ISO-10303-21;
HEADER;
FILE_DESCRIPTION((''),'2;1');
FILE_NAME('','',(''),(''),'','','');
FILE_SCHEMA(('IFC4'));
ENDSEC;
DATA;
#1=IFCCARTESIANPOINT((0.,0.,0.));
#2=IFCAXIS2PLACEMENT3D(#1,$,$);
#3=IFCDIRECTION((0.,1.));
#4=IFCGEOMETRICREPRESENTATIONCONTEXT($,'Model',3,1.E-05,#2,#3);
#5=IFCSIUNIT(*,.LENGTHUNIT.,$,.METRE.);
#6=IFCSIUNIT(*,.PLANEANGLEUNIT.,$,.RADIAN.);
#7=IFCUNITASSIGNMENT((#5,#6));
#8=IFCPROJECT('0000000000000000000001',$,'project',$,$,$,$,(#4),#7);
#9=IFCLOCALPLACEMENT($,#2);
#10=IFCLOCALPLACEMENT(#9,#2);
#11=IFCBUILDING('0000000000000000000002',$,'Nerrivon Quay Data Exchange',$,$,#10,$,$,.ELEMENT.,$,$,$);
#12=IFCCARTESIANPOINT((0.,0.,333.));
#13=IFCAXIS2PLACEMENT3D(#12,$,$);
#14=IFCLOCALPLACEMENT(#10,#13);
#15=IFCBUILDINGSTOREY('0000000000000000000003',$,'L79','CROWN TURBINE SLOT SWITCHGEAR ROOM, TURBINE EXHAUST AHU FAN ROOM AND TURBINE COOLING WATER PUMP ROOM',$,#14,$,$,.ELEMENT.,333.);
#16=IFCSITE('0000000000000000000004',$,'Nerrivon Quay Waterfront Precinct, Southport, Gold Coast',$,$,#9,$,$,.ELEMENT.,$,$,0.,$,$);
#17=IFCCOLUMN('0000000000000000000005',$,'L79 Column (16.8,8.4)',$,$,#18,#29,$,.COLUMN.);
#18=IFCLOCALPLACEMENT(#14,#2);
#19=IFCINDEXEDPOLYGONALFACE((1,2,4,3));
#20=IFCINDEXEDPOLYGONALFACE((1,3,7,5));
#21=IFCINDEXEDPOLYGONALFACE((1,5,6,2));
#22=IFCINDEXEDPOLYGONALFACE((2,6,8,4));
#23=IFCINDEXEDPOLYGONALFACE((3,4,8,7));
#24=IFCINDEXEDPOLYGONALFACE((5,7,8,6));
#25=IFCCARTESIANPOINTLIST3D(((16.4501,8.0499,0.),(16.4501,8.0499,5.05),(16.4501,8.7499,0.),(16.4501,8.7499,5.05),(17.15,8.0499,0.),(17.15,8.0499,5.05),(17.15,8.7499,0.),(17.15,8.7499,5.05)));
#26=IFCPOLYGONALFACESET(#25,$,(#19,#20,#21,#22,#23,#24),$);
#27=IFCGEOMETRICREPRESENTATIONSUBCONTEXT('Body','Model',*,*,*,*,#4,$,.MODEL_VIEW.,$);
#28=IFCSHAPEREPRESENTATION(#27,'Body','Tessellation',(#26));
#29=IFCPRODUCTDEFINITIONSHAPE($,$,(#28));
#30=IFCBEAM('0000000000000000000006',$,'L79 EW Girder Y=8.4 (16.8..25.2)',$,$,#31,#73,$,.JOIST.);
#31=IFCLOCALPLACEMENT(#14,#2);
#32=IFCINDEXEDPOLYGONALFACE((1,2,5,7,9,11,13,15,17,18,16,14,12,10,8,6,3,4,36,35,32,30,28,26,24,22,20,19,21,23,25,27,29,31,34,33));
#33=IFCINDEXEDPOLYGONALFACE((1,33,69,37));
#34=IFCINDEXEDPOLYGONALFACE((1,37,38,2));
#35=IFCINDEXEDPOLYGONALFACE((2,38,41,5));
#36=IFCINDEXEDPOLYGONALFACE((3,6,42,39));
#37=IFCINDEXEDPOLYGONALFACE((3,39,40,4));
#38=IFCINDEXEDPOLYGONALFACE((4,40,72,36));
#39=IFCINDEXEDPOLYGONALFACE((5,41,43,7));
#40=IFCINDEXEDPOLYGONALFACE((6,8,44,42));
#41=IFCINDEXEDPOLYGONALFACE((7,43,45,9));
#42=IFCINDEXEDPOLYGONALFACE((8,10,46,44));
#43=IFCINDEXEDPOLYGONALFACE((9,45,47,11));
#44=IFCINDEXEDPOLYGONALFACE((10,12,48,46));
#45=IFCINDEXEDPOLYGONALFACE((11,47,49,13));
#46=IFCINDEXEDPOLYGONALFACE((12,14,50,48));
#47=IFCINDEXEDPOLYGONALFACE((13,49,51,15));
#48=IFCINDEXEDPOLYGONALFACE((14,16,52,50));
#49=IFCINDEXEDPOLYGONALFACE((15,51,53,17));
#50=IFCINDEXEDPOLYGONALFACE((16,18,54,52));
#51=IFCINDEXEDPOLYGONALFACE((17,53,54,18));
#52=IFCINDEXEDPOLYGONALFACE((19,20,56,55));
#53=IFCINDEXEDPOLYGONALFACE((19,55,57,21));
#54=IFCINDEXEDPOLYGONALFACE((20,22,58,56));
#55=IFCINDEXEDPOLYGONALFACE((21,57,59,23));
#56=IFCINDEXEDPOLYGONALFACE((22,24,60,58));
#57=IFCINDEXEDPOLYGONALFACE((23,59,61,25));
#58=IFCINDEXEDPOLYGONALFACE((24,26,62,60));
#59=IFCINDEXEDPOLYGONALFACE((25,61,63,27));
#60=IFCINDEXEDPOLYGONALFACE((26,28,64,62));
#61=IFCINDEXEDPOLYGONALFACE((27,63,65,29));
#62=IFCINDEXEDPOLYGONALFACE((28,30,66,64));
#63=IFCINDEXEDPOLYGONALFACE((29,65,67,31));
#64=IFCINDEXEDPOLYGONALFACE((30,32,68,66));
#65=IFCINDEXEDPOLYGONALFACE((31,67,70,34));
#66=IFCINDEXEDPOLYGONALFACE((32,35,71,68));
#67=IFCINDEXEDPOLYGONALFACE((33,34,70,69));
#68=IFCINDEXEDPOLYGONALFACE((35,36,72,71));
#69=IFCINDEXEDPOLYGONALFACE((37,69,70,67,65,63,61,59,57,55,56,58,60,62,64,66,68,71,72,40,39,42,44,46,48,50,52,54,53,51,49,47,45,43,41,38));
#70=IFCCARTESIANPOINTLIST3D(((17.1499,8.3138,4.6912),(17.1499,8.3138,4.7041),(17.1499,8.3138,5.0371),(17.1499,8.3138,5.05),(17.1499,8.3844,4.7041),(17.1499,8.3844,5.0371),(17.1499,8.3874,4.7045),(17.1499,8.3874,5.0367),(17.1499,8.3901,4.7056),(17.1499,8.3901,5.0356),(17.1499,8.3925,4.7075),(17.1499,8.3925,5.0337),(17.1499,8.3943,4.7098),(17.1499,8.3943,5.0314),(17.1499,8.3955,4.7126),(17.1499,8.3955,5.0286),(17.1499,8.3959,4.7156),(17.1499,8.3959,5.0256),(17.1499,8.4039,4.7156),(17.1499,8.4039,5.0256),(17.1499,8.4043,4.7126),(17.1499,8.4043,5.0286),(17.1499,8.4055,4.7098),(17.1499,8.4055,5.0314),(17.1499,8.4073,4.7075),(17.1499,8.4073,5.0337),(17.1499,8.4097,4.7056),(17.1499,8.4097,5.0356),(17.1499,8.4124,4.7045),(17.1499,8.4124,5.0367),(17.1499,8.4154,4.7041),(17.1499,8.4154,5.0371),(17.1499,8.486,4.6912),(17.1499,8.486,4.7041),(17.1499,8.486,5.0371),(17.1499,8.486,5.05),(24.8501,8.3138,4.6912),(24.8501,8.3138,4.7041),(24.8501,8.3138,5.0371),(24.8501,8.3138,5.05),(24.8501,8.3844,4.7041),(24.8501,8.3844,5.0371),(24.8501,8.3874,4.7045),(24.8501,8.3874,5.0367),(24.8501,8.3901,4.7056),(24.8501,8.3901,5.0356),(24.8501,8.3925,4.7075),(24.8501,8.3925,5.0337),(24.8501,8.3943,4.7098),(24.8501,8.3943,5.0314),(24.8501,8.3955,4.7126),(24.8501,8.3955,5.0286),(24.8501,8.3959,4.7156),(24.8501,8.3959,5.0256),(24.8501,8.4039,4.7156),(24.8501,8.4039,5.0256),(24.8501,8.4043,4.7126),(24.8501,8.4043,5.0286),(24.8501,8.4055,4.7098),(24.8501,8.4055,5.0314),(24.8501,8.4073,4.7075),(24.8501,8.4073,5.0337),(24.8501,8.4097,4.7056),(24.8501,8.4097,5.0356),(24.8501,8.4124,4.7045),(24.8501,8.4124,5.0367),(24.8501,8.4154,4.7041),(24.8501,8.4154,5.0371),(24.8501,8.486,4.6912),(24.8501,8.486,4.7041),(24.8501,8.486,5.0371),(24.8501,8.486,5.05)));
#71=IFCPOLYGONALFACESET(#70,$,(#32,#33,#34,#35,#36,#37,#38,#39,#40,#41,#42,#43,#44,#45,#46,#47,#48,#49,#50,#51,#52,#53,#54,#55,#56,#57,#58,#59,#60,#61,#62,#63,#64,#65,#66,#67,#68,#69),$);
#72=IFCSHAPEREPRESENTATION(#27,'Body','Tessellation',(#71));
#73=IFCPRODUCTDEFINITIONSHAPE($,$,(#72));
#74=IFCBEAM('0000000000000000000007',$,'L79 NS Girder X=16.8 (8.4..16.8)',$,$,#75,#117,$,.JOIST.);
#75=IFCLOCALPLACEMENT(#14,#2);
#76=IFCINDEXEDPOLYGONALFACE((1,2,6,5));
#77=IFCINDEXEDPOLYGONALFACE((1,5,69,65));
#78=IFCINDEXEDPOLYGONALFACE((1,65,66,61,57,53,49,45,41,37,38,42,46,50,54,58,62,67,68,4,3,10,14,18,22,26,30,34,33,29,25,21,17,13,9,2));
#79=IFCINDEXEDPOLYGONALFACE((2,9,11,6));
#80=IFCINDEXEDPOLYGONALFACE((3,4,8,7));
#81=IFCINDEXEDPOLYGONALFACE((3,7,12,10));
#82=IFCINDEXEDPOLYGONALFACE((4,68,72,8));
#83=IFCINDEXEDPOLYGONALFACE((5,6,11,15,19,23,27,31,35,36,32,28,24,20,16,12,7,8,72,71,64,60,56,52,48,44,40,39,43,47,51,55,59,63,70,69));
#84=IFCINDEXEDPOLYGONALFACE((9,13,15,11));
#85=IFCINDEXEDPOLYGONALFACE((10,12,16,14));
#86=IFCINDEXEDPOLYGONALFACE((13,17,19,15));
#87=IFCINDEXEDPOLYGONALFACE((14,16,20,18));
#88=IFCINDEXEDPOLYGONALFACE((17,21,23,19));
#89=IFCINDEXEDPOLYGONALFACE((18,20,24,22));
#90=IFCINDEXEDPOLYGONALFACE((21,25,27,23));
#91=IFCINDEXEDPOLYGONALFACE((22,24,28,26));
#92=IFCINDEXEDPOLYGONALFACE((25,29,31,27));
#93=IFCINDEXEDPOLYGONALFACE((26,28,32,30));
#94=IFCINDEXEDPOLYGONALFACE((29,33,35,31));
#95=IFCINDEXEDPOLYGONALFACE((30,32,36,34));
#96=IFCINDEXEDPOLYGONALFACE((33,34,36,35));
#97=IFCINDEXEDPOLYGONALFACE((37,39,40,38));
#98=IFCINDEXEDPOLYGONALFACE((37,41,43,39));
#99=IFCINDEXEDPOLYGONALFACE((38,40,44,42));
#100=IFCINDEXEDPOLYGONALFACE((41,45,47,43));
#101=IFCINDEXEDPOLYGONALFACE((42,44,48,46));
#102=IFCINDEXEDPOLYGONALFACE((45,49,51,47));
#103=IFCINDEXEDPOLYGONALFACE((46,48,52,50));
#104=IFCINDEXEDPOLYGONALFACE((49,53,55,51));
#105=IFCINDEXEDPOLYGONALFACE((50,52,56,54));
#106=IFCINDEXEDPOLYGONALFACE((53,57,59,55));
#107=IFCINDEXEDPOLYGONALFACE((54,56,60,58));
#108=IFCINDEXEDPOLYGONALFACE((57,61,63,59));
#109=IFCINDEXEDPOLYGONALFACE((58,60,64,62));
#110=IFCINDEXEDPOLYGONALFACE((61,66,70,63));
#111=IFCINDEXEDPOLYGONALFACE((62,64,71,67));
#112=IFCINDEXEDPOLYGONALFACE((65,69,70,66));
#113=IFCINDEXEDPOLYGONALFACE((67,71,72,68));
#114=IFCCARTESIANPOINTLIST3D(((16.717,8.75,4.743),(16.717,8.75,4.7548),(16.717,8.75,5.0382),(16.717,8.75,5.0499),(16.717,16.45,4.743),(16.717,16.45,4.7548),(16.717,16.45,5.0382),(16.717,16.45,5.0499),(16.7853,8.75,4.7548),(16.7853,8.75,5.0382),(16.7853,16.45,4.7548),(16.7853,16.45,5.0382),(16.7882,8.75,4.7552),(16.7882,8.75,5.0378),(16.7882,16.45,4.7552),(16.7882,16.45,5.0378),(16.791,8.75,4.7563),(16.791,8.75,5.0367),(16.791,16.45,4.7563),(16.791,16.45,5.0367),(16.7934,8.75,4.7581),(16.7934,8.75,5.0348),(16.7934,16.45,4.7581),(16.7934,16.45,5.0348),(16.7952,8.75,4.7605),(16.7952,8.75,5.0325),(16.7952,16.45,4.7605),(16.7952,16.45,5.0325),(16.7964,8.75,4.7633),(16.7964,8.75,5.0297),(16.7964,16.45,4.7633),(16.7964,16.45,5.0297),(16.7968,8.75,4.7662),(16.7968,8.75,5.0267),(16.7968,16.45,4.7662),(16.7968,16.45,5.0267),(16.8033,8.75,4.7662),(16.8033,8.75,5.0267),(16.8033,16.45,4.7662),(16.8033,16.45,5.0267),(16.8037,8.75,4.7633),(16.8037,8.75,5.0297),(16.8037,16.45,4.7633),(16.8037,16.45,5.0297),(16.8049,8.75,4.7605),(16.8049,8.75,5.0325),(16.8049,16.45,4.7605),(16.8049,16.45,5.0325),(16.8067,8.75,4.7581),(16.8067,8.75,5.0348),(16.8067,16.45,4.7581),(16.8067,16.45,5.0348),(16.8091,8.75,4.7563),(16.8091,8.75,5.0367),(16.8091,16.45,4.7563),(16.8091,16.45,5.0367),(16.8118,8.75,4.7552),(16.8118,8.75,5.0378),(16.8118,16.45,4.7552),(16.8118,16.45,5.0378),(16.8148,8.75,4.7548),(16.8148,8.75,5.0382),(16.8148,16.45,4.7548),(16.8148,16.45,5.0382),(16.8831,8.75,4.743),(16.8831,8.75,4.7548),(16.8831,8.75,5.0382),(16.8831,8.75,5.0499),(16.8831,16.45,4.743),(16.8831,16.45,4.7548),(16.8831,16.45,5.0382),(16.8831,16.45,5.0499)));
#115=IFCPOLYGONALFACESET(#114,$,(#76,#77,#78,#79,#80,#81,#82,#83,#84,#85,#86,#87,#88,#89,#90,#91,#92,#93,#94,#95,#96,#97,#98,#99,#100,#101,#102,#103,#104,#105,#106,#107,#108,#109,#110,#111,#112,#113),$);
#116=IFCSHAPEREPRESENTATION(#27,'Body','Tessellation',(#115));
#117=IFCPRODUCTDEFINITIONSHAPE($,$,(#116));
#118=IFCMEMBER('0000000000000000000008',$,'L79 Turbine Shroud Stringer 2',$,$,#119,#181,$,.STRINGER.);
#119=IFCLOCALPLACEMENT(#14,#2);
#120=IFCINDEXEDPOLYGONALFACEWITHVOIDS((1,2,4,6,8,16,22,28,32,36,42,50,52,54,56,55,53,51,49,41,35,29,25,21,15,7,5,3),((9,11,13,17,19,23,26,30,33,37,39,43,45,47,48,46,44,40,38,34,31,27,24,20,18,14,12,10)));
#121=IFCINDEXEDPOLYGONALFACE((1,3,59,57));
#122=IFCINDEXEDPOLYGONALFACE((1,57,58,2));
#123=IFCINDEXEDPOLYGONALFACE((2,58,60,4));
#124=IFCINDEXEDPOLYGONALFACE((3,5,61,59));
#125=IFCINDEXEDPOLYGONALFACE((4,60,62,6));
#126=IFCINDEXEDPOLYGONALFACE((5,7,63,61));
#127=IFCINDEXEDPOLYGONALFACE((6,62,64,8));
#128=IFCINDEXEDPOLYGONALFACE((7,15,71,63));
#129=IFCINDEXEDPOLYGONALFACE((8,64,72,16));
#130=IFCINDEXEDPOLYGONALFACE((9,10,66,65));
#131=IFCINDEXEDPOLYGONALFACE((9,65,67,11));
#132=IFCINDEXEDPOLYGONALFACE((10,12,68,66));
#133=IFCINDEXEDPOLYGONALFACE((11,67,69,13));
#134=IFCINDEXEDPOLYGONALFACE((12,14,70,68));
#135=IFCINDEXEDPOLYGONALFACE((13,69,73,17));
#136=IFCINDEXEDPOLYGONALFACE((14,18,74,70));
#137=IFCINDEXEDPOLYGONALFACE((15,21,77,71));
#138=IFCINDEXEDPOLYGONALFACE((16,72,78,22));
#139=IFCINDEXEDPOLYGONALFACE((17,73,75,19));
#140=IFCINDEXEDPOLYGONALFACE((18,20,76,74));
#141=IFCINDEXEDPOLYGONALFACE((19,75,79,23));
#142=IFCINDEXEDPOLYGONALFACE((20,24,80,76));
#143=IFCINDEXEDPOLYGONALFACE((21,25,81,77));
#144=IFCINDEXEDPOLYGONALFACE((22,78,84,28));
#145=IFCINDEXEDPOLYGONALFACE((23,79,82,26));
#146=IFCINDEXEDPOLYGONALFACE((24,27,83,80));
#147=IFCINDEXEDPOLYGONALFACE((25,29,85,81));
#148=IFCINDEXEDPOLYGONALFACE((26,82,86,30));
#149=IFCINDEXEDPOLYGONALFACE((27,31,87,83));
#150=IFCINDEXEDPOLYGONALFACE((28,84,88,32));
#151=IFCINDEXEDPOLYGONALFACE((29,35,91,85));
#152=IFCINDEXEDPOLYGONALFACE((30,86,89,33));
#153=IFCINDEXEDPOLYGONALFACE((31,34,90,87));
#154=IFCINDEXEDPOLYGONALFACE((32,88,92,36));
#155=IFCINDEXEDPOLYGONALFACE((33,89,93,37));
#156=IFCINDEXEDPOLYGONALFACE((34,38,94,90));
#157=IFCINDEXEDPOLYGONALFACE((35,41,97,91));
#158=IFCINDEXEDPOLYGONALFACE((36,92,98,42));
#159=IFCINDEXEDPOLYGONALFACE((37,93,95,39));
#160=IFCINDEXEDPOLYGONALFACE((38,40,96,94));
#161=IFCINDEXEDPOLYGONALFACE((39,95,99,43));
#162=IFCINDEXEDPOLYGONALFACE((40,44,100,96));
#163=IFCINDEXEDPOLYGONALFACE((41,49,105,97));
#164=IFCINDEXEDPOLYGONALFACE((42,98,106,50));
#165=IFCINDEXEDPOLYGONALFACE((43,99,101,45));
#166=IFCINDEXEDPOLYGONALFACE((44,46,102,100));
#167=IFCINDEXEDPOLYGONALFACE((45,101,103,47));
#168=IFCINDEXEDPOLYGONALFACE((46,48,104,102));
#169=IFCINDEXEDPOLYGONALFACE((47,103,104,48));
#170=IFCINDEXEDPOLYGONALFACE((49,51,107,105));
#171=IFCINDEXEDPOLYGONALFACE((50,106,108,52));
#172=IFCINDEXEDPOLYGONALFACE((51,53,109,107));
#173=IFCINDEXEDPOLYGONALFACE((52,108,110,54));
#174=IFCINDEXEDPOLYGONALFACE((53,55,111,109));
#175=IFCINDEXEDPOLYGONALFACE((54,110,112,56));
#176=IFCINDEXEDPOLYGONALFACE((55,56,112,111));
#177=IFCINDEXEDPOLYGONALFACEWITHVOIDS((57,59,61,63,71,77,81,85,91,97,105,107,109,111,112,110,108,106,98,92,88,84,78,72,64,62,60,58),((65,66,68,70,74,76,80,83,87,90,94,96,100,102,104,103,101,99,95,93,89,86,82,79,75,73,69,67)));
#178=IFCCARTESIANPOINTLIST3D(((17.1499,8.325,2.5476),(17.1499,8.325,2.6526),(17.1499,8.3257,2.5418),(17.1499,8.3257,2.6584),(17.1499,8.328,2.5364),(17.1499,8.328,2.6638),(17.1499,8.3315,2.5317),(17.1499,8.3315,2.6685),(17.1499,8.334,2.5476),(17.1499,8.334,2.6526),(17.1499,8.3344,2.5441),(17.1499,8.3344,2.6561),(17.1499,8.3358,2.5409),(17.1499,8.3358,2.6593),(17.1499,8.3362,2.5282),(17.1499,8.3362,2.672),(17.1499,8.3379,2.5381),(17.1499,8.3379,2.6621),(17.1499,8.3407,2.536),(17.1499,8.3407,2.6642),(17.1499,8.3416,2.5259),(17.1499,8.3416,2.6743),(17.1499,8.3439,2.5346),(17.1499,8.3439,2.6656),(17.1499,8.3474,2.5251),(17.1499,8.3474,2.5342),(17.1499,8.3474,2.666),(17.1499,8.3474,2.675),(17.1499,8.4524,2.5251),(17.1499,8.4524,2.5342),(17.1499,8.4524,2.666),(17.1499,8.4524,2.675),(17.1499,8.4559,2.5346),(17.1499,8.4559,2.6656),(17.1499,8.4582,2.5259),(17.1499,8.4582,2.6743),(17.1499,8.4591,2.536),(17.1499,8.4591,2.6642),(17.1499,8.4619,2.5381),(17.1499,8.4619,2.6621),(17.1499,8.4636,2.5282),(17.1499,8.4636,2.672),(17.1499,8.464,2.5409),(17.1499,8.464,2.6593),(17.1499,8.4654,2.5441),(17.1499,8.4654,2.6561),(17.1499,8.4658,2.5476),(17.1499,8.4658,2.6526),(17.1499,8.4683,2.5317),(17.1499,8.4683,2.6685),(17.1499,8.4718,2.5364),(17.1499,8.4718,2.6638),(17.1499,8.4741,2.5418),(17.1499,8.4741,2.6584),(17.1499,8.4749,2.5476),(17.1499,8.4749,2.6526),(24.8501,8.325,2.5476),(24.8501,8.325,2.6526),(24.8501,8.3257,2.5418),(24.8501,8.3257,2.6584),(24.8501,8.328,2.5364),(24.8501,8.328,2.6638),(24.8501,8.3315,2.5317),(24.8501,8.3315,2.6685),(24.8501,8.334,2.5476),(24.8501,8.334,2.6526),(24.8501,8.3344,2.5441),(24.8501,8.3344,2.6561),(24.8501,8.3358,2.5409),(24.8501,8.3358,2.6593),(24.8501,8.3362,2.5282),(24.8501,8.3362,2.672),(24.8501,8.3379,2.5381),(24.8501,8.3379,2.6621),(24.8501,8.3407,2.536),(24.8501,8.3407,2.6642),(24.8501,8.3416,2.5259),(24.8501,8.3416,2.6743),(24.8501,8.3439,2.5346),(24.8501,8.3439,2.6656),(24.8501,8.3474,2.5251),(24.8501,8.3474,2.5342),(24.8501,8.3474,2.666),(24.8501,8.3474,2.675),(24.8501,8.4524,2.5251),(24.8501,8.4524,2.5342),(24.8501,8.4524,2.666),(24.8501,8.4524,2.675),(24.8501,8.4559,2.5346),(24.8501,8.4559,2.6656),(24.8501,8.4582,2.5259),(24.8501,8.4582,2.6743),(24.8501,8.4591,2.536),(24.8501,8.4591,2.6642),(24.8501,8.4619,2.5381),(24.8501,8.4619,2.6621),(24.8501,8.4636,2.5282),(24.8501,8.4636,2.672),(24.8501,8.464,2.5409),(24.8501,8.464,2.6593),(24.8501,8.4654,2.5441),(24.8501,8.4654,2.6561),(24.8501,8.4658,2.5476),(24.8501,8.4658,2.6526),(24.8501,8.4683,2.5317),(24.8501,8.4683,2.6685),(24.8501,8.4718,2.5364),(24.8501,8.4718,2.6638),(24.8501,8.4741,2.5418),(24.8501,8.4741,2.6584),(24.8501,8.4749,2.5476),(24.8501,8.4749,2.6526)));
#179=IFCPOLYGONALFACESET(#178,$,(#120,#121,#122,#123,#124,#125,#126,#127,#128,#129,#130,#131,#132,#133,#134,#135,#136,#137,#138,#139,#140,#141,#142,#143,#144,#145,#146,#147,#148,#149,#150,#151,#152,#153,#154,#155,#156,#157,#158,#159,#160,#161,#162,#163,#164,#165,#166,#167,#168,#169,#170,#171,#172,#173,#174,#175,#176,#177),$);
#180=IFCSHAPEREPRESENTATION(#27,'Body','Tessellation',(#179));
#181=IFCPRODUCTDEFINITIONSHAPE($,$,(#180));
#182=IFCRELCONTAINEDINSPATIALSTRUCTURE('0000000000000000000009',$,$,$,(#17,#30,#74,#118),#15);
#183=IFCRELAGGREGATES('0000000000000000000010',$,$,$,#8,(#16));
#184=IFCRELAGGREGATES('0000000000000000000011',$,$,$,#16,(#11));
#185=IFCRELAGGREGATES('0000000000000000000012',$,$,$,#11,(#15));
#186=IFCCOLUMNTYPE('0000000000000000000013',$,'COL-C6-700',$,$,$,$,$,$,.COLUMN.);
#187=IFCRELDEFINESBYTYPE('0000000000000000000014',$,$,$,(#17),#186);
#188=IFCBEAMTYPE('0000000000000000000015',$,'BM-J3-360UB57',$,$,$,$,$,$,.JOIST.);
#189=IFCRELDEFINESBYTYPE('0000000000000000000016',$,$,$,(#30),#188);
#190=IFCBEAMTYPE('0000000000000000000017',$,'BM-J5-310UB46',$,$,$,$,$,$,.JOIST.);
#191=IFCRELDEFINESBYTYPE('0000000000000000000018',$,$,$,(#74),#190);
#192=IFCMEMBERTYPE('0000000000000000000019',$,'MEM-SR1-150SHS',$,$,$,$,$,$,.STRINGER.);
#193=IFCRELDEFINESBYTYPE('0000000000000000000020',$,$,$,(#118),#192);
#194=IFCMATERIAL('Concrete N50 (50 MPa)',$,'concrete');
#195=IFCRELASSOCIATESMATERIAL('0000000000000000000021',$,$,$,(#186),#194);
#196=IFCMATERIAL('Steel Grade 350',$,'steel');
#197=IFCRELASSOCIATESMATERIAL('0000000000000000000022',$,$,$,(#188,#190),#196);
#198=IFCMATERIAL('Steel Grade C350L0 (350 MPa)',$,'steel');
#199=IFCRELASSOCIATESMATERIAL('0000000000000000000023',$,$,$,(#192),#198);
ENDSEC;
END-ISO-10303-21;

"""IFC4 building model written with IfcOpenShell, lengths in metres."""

from ifc_helpers import new_model, si_unit, direction, frame, origin, origin_2d, place, context, subcontext, project, spatial, rectangle, hollow_rectangle, i_section, extrude, material, material_profile, profile_set, type_object, element, save


model = new_model("IFC4")

# Units and contexts
model_context = context("Model", 3, precision=1e-05, world=origin(), true_north=direction((0.0, 1.0)))
body_context = subcontext(model_context, "Body", "Model", "MODEL_VIEW")
ifc_project = project(units=[si_unit("LENGTHUNIT", "METRE"), si_unit("PLANEANGLEUNIT", "RADIAN")], contexts=[model_context])

# Site, building, storey
site_placement = place(None, origin())
site = spatial("IfcSite", under=ifc_project, at=site_placement, Name="Nerrivon Quay Waterfront Precinct, Southport, Gold Coast", CompositionType="ELEMENT", RefElevation=0.0)
building_placement = place(site_placement, origin())
building = spatial("IfcBuilding", under=site, at=building_placement, Name="Nerrivon Quay Data Exchange", CompositionType="ELEMENT")
storey_placement = place(building_placement, frame((0.0, 0.0, 333.0)))
storey = spatial("IfcBuildingStorey", under=building, at=storey_placement, Name="L79", Description="CROWN TURBINE SLOT SWITCHGEAR ROOM, TURBINE EXHAUST AHU FAN ROOM AND TURBINE COOLING WATER PUMP ROOM", CompositionType="ELEMENT", Elevation=333.0)

# Column
ifc_material_1 = material(Name="Concrete N50 (50 MPa)", Category="concrete")
ifc_material_profile_1 = material_profile(ifc_material_1, rectangle(XDim=0.7, YDim=0.7, at=origin_2d()), Name="RC-COL-700x700")
ifc_profile_set_1 = profile_set([ifc_material_profile_1], Name="Concrete N50 (50 MPa)")
column_type = type_object("IfcColumnType", Name="COL-C6-700", PredefinedType="COLUMN", material=ifc_profile_set_1)
column_placement = place(storey_placement, frame((16.8, 8.3999, 0.0), z_axis=(0.0, 0.0, 1.0), x_axis=(1.0, 0.0, 0.0)))
element("IfcColumn", 1, at=column_placement, inside=storey, type_object=column_type, Name="L79 Column (16.8,8.4)", PredefinedType="COLUMN", context=body_context, shape_type="SweptSolid", body=[
    extrude(rectangle(XDim=0.7, YDim=0.7, at=origin_2d()), origin(), (0.0, 0.0, 1.0), 5.05),
])

# Beams
ifc_material_2 = material(Name="Steel Grade 350", Category="steel")
ifc_material_profile_2 = material_profile(ifc_material_2, i_section(OverallWidth=0.1721, OverallDepth=0.3589, WebThickness=0.0081, FlangeThickness=0.0129, FilletRadius=0.0115, at=origin_2d()), Name="360UB56.7")
ifc_profile_set_2 = profile_set([ifc_material_profile_2], Name="Steel Grade 350")
beam_type_1 = type_object("IfcBeamType", Name="BM-J3-360UB57", PredefinedType="JOIST", material=ifc_profile_set_2)
beam_1_placement = place(storey_placement, frame((17.1499, 8.3999, 4.8706), z_axis=(1.0, 0.0, 0.0), x_axis=(0.0, 1.0, 0.0)))
element("IfcBeam", 2, at=beam_1_placement, inside=storey, type_object=beam_type_1, Name="L79 EW Girder Y=8.4 (16.8..25.2)", PredefinedType="JOIST", context=body_context, shape_type="SweptSolid", body=[
    extrude(i_section(OverallWidth=0.1721, OverallDepth=0.3589, WebThickness=0.0081, FlangeThickness=0.0129, FilletRadius=0.0115, at=origin_2d()), origin(), (0.0, 0.0, 1.0), 7.7002),
])
ifc_material_profile_3 = material_profile(ifc_material_2, i_section(OverallWidth=0.166, OverallDepth=0.3069, WebThickness=0.0066, FlangeThickness=0.0117, FilletRadius=0.0115, at=origin_2d()), Name="310UB46.2")
ifc_profile_set_3 = profile_set([ifc_material_profile_3], Name="Steel Grade 350")
beam_type_2 = type_object("IfcBeamType", Name="BM-J5-310UB46", PredefinedType="JOIST", material=ifc_profile_set_3)
beam_2_placement = place(storey_placement, frame((16.8, 8.75, 4.8965), z_axis=(0.0, 1.0, 0.0), x_axis=(-1.0, 0.0, 0.0)))
element("IfcBeam", 3, at=beam_2_placement, inside=storey, type_object=beam_type_2, Name="L79 NS Girder X=16.8 (8.4..16.8)", PredefinedType="JOIST", context=body_context, shape_type="SweptSolid", body=[
    extrude(i_section(OverallWidth=0.166, OverallDepth=0.3069, WebThickness=0.0066, FlangeThickness=0.0117, FilletRadius=0.0115, at=origin_2d()), origin(), (0.0, 0.0, 1.0), 7.7),
])

# Member
ifc_material_3 = material(Name="Steel Grade C350L0 (350 MPa)", Category="steel")
ifc_material_profile_4 = material_profile(ifc_material_3, hollow_rectangle(XDim=0.1499, YDim=0.1499, WallThickness=0.009, InnerFilletRadius=0.0134, OuterFilletRadius=0.0225, at=origin_2d()), Name="150x150x9.0SHS")
ifc_profile_set_4 = profile_set([ifc_material_profile_4], Name="Steel Grade C350L0 (350 MPa)")
member_type_1 = type_object("IfcMemberType", Name="MEM-SR1-150SHS", PredefinedType="STRINGER", material=ifc_profile_set_4)
member_1_placement = place(storey_placement, frame((17.1499, 8.3999, 2.6001), z_axis=(1.0, 0.0, 0.0), x_axis=(0.0, 1.0, 0.0)))
element("IfcMember", 4, at=member_1_placement, inside=storey, type_object=member_type_1, Name="L79 Turbine Shroud Stringer 2", PredefinedType="STRINGER", context=body_context, shape_type="SweptSolid", body=[
    extrude(hollow_rectangle(XDim=0.1499, YDim=0.1499, WallThickness=0.009, InnerFilletRadius=0.0134, OuterFilletRadius=0.0225, at=origin_2d()), origin(), (0.0, 0.0, 1.0), 7.7002),
])

save(model, "model.ifc")
